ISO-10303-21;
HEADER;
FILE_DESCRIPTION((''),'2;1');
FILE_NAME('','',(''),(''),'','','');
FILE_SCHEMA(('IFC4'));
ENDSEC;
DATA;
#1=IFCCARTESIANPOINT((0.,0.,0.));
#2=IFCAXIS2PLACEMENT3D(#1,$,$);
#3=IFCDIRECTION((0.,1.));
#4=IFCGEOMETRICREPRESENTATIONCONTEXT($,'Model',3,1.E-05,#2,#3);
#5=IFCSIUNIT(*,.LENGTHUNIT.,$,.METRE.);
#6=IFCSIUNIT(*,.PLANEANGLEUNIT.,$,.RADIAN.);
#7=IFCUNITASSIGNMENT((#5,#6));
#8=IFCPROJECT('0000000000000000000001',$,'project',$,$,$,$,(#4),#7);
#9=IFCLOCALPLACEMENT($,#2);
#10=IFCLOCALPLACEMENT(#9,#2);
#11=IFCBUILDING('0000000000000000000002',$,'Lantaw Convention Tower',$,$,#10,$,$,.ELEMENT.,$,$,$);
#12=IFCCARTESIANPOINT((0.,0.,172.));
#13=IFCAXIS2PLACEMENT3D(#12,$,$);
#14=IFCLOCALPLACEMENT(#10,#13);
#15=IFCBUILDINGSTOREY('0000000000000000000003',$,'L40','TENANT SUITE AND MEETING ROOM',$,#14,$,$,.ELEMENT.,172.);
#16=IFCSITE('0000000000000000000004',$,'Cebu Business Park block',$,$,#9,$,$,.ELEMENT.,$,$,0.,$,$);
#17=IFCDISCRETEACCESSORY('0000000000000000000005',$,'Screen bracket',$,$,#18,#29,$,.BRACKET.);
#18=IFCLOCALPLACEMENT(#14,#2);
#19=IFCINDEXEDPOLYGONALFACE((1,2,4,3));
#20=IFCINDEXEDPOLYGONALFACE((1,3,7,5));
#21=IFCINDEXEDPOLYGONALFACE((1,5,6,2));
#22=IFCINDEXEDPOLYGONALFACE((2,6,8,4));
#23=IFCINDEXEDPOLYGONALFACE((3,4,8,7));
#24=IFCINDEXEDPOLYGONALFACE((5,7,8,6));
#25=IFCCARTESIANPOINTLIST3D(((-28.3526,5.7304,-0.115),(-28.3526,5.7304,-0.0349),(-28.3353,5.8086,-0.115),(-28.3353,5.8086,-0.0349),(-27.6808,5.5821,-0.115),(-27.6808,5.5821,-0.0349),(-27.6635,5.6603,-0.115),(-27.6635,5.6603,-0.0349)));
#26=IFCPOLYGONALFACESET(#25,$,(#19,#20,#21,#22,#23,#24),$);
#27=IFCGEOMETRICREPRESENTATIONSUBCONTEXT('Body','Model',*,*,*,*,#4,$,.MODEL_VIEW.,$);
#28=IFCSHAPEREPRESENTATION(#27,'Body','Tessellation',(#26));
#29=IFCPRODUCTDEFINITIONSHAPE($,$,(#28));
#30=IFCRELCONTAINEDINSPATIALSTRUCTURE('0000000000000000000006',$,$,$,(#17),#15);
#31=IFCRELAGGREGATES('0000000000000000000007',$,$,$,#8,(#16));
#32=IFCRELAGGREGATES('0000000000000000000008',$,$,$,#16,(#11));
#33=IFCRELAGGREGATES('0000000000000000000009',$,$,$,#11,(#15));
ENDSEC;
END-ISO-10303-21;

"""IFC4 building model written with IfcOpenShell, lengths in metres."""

from ifc_helpers import new_model, si_unit, direction, frame, origin, origin_2d, place, context, subcontext, project, spatial, rectangle, extrude, element, save


model = new_model("IFC4")

# Units and contexts
model_context = context("Model", 3, precision=1e-05, world=origin(), true_north=direction((0.0, 1.0)))
body_context = subcontext(model_context, "Body", "Model", "MODEL_VIEW")
ifc_project = project(units=[si_unit("LENGTHUNIT", "METRE"), si_unit("PLANEANGLEUNIT", "RADIAN")], contexts=[model_context])

# Site, building, storey
site_placement = place(None, origin())
site = spatial("IfcSite", under=ifc_project, at=site_placement, Name="Cebu Business Park block", CompositionType="ELEMENT", RefElevation=0.0)
building_placement = place(site_placement, origin())
building = spatial("IfcBuilding", under=site, at=building_placement, Name="Lantaw Convention Tower", CompositionType="ELEMENT")
storey_placement = place(building_placement, frame((0.0, 0.0, 172.0)))
storey = spatial("IfcBuildingStorey", under=building, at=storey_placement, Name="L40", Description="TENANT SUITE AND MEETING ROOM", CompositionType="ELEMENT", Elevation=172.0)

# Discrete accessory
discrete_accessory_placement = place(storey_placement, frame((-28.0081, 5.6953, -0.115), z_axis=(0.0, 0.0, 1.0), x_axis=(-0.215546, -0.976494, 0.0)))
element("IfcDiscreteAccessory", 1, at=discrete_accessory_placement, inside=storey, Name="Screen bracket", PredefinedType="BRACKET", context=body_context, shape_type="SweptSolid", body=[
    extrude(rectangle(XDim=0.0801, YDim=0.688, at=origin_2d()), origin(), (0.0, 0.0, 1.0), 0.0801),
])

save(model, "model.ifc")
